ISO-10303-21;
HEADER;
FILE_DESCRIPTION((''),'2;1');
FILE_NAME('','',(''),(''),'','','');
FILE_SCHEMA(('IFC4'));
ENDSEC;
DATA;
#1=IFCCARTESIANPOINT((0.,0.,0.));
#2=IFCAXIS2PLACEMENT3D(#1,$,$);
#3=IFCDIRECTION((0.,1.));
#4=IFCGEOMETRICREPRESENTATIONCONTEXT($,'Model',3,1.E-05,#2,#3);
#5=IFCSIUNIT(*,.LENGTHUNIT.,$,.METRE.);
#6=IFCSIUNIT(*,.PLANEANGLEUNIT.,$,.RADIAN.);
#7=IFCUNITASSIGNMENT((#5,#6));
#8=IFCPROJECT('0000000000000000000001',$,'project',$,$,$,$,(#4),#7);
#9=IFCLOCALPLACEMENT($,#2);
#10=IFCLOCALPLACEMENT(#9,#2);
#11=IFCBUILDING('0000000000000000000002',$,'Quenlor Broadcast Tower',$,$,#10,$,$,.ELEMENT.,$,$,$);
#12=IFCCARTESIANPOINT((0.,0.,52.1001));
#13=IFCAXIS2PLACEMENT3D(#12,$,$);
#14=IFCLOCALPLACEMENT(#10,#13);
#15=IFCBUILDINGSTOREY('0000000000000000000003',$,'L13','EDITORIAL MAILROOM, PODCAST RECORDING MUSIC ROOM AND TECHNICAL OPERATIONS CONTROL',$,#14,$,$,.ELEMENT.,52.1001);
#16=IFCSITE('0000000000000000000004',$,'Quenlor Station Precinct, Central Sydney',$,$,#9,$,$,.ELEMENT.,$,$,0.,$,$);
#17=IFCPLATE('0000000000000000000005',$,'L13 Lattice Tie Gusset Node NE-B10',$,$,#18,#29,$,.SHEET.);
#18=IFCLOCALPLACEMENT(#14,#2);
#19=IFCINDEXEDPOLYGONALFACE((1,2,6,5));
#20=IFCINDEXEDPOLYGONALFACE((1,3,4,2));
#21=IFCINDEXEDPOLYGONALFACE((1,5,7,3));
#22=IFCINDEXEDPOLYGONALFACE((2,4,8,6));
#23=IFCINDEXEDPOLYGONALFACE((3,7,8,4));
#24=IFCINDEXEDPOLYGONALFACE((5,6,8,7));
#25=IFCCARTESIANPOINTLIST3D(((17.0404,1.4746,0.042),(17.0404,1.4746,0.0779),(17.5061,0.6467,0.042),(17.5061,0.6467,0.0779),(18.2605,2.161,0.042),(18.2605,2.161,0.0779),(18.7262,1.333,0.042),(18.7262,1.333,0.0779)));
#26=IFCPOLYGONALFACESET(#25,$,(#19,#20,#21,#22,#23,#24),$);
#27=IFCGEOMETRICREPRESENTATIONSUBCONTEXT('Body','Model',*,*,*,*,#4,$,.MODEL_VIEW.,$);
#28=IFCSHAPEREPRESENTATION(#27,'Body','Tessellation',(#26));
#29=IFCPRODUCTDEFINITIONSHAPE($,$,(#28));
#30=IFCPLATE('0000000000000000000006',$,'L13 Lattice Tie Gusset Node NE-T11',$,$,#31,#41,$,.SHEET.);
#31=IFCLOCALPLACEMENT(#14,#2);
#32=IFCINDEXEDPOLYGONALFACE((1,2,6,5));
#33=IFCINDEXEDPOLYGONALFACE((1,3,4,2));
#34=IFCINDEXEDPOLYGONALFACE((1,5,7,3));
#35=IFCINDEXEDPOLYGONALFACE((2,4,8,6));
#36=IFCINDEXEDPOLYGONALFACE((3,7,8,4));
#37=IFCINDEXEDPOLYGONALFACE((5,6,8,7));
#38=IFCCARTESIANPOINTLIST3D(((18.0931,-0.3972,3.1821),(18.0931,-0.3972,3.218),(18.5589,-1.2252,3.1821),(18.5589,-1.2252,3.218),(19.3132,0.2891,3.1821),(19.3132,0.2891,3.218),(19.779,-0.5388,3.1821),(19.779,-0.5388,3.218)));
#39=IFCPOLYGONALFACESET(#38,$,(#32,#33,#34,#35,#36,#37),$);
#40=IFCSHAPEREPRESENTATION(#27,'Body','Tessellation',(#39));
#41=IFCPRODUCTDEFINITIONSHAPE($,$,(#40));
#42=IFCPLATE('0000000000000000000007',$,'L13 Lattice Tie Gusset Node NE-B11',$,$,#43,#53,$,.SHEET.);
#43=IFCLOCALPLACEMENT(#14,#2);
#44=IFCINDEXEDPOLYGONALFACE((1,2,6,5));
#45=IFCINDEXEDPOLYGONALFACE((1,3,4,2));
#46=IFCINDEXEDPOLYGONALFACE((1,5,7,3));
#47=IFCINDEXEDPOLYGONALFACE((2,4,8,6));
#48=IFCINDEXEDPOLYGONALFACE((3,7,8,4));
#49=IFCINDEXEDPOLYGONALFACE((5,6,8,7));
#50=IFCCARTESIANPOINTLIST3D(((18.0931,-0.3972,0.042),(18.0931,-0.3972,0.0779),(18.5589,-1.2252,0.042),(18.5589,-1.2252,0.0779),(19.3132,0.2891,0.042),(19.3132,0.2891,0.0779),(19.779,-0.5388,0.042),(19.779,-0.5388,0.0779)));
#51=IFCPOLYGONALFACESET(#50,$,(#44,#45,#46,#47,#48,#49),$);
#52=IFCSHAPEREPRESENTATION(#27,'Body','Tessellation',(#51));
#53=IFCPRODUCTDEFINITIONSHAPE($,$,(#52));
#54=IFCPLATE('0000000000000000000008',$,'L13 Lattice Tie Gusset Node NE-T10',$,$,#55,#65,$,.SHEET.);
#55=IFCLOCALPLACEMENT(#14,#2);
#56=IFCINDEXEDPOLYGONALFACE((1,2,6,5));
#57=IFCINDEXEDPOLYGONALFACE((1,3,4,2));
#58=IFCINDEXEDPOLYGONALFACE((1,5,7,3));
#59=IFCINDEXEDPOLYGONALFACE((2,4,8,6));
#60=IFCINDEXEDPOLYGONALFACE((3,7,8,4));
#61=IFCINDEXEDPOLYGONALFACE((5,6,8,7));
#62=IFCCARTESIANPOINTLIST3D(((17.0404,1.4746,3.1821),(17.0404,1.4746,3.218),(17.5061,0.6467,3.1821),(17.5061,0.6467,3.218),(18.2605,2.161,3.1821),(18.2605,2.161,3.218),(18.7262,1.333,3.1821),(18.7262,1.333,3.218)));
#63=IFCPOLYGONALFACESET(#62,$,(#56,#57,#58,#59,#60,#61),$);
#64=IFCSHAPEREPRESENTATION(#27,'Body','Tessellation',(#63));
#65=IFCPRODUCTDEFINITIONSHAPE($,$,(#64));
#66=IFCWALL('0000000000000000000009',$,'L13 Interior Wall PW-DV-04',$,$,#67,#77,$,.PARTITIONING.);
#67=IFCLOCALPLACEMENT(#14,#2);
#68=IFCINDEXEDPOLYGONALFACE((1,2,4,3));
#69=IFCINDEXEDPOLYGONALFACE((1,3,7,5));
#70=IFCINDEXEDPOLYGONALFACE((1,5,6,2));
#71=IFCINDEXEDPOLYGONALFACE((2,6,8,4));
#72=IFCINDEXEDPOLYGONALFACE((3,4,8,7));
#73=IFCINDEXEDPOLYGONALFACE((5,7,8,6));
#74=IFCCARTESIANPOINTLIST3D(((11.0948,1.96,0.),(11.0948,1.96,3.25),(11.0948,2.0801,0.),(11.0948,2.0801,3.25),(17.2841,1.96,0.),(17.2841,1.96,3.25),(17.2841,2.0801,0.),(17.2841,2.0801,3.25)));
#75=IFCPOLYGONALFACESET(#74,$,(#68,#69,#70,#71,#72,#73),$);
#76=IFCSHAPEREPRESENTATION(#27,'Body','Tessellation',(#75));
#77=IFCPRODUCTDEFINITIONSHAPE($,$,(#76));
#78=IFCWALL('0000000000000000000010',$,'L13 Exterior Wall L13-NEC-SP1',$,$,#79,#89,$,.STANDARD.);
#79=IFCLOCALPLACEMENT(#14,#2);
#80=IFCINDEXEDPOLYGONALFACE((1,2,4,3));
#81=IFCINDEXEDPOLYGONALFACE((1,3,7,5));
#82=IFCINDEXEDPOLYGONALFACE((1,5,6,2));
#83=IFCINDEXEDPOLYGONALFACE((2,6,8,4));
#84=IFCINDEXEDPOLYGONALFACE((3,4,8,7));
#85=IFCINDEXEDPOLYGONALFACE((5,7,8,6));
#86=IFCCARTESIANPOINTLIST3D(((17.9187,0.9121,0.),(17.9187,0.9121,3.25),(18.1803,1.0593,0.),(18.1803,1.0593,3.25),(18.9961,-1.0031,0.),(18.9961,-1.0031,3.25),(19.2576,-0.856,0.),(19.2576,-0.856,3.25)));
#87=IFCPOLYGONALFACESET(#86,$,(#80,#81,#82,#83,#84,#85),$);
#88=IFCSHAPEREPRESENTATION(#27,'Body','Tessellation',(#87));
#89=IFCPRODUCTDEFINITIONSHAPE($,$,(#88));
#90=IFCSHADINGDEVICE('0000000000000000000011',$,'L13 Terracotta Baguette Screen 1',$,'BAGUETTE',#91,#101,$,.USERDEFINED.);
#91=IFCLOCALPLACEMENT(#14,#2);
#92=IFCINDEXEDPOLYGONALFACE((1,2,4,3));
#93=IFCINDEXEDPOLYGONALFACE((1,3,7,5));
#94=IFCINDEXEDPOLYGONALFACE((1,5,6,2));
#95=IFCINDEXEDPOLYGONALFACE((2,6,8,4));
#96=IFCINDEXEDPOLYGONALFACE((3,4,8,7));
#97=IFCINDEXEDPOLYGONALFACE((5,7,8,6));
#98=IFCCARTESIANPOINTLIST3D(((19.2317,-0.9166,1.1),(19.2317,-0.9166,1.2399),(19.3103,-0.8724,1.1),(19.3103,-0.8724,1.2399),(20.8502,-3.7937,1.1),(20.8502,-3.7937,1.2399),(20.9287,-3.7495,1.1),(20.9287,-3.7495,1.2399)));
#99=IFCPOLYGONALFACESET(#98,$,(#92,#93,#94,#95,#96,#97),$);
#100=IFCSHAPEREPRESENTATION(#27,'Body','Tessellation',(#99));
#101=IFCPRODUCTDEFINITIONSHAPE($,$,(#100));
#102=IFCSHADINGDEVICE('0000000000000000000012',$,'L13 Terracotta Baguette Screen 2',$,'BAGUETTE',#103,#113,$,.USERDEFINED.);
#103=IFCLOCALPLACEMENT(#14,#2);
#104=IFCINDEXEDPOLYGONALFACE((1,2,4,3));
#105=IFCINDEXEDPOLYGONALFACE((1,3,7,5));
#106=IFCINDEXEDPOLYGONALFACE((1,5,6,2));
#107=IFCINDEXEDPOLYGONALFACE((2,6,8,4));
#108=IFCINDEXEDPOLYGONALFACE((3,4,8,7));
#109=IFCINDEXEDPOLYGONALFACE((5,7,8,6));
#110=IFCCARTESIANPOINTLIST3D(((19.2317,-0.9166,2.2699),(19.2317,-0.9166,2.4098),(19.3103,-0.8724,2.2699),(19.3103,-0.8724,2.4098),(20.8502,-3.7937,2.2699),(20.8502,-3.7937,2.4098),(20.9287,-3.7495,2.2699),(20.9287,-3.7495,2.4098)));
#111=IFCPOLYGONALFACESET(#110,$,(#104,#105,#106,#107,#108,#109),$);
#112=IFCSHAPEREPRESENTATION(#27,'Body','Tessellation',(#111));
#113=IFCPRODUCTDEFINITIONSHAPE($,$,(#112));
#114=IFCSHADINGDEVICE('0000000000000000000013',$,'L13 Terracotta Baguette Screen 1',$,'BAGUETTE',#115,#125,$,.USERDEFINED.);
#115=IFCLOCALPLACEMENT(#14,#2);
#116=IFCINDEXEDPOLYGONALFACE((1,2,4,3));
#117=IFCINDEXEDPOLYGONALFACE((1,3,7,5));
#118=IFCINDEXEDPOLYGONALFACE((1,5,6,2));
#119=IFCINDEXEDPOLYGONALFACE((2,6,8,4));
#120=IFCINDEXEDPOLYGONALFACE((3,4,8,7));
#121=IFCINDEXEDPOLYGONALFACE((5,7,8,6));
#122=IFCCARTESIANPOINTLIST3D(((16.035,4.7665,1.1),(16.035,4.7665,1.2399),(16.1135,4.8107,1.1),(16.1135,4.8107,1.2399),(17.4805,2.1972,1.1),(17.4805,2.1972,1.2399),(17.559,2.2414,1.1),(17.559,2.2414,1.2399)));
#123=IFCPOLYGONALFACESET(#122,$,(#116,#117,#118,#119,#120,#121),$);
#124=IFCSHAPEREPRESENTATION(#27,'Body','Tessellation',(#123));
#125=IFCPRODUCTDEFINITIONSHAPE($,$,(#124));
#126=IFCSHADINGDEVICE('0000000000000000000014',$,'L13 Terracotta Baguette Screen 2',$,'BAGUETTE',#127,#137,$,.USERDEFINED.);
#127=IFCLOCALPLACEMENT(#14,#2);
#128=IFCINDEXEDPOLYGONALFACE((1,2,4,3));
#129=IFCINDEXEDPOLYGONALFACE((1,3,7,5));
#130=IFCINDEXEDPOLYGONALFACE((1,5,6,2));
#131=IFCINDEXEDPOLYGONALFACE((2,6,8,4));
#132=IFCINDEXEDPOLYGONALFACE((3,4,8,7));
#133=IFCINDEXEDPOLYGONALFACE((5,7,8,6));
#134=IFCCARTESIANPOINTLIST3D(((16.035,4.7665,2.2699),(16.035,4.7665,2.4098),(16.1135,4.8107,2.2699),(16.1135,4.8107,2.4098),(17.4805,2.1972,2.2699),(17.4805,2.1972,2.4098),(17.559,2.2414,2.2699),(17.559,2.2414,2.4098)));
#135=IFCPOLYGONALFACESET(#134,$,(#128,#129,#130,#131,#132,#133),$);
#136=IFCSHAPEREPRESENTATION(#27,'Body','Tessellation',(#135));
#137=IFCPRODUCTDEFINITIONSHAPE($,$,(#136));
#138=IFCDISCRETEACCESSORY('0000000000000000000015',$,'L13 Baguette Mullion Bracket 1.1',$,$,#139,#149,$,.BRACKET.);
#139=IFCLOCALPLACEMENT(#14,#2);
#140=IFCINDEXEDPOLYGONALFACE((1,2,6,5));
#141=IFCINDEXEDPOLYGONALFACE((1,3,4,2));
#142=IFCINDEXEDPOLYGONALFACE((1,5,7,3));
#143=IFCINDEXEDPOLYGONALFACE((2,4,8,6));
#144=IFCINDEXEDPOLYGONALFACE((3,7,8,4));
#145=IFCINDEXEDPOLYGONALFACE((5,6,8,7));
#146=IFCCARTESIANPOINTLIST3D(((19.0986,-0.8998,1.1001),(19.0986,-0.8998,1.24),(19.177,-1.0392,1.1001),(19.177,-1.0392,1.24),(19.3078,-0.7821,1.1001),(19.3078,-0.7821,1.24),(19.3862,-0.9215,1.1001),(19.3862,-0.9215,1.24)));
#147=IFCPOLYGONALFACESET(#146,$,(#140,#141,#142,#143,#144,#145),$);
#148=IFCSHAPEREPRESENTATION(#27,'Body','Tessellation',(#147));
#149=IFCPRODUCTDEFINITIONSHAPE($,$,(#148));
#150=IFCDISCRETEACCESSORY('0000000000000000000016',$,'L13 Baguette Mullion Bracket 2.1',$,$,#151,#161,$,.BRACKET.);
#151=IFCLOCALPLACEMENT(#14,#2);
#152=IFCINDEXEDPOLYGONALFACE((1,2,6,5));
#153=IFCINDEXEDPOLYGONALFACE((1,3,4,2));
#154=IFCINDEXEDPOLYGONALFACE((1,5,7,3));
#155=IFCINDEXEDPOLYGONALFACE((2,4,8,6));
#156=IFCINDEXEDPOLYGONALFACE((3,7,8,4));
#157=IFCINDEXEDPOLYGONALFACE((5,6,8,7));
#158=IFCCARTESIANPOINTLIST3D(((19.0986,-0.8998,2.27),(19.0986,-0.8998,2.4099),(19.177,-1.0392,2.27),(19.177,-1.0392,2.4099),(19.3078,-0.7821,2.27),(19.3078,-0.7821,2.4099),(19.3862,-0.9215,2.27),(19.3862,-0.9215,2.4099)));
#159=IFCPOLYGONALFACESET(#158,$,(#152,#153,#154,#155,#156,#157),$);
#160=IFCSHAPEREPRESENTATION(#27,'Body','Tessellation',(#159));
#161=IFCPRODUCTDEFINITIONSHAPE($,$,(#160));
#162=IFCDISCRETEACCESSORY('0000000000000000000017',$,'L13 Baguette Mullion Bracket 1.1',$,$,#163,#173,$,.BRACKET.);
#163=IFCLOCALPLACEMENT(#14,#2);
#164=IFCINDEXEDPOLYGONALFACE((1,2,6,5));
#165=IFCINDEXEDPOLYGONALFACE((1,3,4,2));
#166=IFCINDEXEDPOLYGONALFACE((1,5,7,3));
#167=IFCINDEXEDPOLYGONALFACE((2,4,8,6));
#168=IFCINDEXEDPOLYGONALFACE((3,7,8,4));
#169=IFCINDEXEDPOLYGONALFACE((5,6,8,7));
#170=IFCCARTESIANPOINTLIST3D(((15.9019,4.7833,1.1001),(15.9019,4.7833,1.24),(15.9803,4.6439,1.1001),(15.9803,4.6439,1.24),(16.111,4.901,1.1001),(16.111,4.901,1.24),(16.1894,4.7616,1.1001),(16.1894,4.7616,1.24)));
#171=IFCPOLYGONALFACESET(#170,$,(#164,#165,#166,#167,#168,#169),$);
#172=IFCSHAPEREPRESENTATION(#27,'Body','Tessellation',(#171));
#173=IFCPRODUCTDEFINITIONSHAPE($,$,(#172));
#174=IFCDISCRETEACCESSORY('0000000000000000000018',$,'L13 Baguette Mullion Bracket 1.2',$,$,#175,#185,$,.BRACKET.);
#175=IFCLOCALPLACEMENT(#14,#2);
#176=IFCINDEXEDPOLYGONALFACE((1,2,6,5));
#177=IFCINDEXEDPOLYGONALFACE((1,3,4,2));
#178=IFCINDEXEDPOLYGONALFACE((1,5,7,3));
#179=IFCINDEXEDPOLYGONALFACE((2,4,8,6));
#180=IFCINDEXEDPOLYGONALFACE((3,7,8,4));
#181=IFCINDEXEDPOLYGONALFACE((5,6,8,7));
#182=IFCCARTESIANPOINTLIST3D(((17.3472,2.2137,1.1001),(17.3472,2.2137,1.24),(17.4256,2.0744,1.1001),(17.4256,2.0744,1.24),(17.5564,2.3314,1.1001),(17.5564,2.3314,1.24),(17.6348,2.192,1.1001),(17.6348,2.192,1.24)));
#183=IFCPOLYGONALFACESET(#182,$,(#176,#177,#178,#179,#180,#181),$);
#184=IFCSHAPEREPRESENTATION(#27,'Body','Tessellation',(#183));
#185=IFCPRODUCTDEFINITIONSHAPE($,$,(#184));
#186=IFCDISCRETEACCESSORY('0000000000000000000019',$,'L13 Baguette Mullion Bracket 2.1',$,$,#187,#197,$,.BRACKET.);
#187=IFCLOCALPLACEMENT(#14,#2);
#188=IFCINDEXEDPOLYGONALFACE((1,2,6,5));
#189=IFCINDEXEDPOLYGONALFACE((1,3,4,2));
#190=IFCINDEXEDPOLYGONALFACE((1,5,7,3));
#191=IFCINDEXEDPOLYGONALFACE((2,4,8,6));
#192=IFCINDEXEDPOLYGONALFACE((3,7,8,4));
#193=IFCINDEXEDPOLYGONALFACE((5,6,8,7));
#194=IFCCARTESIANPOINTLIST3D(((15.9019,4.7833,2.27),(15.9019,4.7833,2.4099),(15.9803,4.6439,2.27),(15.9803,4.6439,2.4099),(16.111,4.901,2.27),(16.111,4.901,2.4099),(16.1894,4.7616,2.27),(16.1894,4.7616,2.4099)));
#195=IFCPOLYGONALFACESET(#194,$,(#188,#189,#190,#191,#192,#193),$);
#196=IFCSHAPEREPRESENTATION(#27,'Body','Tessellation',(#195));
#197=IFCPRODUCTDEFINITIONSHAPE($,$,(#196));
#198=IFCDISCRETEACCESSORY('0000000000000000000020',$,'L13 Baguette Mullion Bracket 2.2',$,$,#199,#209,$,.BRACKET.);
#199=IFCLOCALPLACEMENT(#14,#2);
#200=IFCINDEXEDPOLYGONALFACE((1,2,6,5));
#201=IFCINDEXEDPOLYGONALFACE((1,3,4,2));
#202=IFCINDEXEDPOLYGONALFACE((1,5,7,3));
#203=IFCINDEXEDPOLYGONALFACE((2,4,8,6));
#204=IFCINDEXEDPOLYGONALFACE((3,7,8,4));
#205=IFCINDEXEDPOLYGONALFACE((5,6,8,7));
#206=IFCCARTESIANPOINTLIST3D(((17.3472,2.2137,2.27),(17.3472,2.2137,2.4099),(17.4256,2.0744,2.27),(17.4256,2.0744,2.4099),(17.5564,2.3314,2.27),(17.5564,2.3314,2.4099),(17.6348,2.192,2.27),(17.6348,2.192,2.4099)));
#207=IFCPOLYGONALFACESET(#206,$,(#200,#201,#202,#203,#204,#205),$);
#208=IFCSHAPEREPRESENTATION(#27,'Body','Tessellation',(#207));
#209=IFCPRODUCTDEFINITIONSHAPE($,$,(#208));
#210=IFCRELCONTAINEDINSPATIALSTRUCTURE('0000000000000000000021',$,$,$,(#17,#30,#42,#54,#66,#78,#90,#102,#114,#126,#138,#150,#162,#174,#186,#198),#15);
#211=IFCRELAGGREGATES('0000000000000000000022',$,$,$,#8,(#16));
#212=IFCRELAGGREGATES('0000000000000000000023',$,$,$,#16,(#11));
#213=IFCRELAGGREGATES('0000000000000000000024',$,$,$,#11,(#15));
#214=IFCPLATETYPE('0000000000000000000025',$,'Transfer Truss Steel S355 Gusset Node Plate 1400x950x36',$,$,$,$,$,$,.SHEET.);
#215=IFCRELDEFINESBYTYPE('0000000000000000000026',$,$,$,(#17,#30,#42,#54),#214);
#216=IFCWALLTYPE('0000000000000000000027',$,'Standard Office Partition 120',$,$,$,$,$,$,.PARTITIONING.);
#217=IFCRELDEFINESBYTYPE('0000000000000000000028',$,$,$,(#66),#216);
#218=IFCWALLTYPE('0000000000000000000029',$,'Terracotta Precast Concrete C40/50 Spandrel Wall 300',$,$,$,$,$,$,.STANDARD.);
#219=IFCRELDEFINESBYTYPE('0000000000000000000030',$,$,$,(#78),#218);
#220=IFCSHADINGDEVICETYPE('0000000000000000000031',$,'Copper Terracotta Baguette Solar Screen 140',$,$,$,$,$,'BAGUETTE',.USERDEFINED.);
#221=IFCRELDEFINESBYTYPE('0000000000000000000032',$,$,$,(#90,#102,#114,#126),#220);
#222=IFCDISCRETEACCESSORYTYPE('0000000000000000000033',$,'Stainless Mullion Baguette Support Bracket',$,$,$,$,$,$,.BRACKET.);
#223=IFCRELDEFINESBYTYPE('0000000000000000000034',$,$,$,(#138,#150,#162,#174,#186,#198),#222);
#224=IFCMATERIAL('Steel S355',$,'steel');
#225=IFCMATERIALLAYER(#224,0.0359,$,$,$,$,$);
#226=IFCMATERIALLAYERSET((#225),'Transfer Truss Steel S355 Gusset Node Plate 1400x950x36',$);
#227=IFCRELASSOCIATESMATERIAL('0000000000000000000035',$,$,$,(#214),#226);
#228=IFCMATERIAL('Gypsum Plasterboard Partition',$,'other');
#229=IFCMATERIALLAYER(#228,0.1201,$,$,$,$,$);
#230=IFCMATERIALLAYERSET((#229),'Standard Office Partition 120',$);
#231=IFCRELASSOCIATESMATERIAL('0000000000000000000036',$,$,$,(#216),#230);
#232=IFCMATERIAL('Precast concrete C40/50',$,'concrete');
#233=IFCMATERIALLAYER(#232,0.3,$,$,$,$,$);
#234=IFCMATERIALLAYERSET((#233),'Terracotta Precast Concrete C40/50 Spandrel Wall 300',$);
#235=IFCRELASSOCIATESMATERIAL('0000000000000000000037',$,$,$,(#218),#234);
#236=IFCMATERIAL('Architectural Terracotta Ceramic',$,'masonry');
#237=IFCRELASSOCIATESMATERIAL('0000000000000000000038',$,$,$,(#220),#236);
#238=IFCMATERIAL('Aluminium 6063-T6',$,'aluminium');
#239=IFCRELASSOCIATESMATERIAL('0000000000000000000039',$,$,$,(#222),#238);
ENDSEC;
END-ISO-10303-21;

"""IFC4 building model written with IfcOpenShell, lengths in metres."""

from ifc_helpers import new_model, si_unit, direction, frame, frame_2d, origin, origin_2d, place, context, subcontext, project, spatial, rectangle, extrude, material, layer, layer_set, material_profile, profile_set, type_object, element, save


model = new_model("IFC4")

# Units and contexts
model_context = context("Model", 3, precision=1e-05, world=origin(), true_north=direction((0.0, 1.0)))
body_context = subcontext(model_context, "Body", "Model", "MODEL_VIEW")
ifc_project = project(units=[si_unit("LENGTHUNIT", "METRE"), si_unit("PLANEANGLEUNIT", "RADIAN")], contexts=[model_context])

# Site, building, storey
site_placement = place(None, origin())
site = spatial("IfcSite", under=ifc_project, at=site_placement, Name="Quenlor Station Precinct, Central Sydney", CompositionType="ELEMENT", RefElevation=0.0)
building_placement = place(site_placement, origin())
building = spatial("IfcBuilding", under=site, at=building_placement, Name="Quenlor Broadcast Tower", CompositionType="ELEMENT")
storey_placement = place(building_placement, frame((0.0, 0.0, 52.1001)))
storey = spatial("IfcBuildingStorey", under=building, at=storey_placement, Name="L13", Description="EDITORIAL MAILROOM, PODCAST RECORDING MUSIC ROOM AND TECHNICAL OPERATIONS CONTROL", CompositionType="ELEMENT", Elevation=52.1001)

# Plates
ifc_material_1 = material(Name="Steel S355", Category="steel")
ifc_layer_1 = layer(ifc_material_1, 0.0359)
ifc_layer_set_1 = layer_set([ifc_layer_1], Name="Transfer Truss Steel S355 Gusset Node Plate 1400x950x36")
plate_type_1 = type_object("IfcPlateType", Name="Transfer Truss Steel S355 Gusset Node Plate 1400x950x36", PredefinedType="SHEET", material=ifc_layer_set_1)
for number, where, z_axis, x_axis, name in (
    (1, (17.8833, 1.4038, 0.042), (0.0, 0.0, 1.0), (0.871556, 0.490295, 0.0), "L13 Lattice Tie Gusset Node NE-B10"),
    (2, (18.936, -0.468, 3.1821), (0.0, 0.0, 1.0), (0.871556, 0.490295, 0.0), "L13 Lattice Tie Gusset Node NE-T11"),
    (3, (18.936, -0.468, 0.042), (0.0, 0.0, 1.0), (0.871556, 0.490295, 0.0), "L13 Lattice Tie Gusset Node NE-B11"),
    (4, (17.8833, 1.4038, 3.1821), (0.0, 0.0, 1.0), (0.871556, 0.490295, 0.0), "L13 Lattice Tie Gusset Node NE-T10"),
):
    element("IfcPlate", number, at=place(storey_placement, frame(where, z_axis=z_axis, x_axis=x_axis)), inside=storey, type_object=plate_type_1, Name=name, PredefinedType="SHEET", context=body_context, shape_type="SweptSolid", body=[
        extrude(rectangle(XDim=1.3999, YDim=0.95, at=origin_2d()), origin(), (0.0, 0.0, 1.0), 0.0359),
    ])

# Walls
ifc_material_2 = material(Name="Gypsum Plasterboard Partition", Category="other")
ifc_layer_2 = layer(ifc_material_2, 0.1201)
ifc_layer_set_2 = layer_set([ifc_layer_2], Name="Standard Office Partition 120")
wall_type_1 = type_object("IfcWallType", Name="Standard Office Partition 120", PredefinedType="PARTITIONING", material=ifc_layer_set_2)
wall_1_placement = place(storey_placement, frame((17.2842, 2.02, 0.0), z_axis=(0.0, 0.0, 1.0), x_axis=(-1.0, 0.0, 0.0)))
element("IfcWall", 5, at=wall_1_placement, inside=storey, type_object=wall_type_1, Name="L13 Interior Wall PW-DV-04", PredefinedType="PARTITIONING", context=body_context, shape_type="SweptSolid", body=[
    extrude(rectangle(XDim=6.1892, YDim=0.1201, at=frame_2d((3.0947, 0.0))), origin(), (0.0, 0.0, 1.0), 3.25),
])
ifc_material_3 = material(Name="Precast concrete C40/50", Category="concrete")
ifc_layer_3 = layer(ifc_material_3, 0.3)
ifc_layer_set_3 = layer_set([ifc_layer_3], Name="Terracotta Precast Concrete C40/50 Spandrel Wall 300")
wall_type_2 = type_object("IfcWallType", Name="Terracotta Precast Concrete C40/50 Spandrel Wall 300", PredefinedType="STANDARD", material=ifc_layer_set_3)
wall_2_placement = place(storey_placement, frame((18.0496, 0.9856, 0.0), z_axis=(0.0, 0.0, 1.0), x_axis=(0.490277, -0.871567, 0.0)))
element("IfcWall", 6, at=wall_2_placement, inside=storey, type_object=wall_type_2, Name="L13 Exterior Wall L13-NEC-SP1", PredefinedType="STANDARD", context=body_context, shape_type="SweptSolid", body=[
    extrude(rectangle(XDim=2.1975, YDim=0.3, at=frame_2d((1.0986, 0.0))), origin(), (0.0, 0.0, 1.0), 3.25),
])

# Shading devices
ifc_material_4 = material(Name="Architectural Terracotta Ceramic", Category="masonry")
ifc_material_profile_1 = material_profile(ifc_material_4, rectangle(XDim=0.0901, YDim=0.1399, at=origin_2d()))
ifc_profile_set_1 = profile_set([ifc_material_profile_1], Name="Architectural Terracotta Ceramic BAG90x140")
shading_device_type = type_object("IfcShadingDeviceType", Name="Copper Terracotta Baguette Solar Screen 140", ElementType="BAGUETTE", PredefinedType="USERDEFINED", material=ifc_profile_set_1)
for number, where, z_axis, x_axis, name in (
    (7, (19.271, -0.8945, 1.1699), (0.490289, -0.87156, 0.0), (0.87156, 0.490289, 0.0), "L13 Terracotta Baguette Screen 1"),
    (8, (19.271, -0.8945, 2.3398), (0.490289, -0.87156, 0.0), (0.87156, 0.490289, 0.0), "L13 Terracotta Baguette Screen 2"),
):
    element("IfcShadingDevice", number, at=place(storey_placement, frame(where, z_axis=z_axis, x_axis=x_axis)), inside=storey, type_object=shading_device_type, Name=name, ObjectType="BAGUETTE", PredefinedType="USERDEFINED", context=body_context, shape_type="SweptSolid", body=[
        extrude(rectangle(XDim=0.0901, YDim=0.1399, at=origin_2d()), origin(), (0.0, 0.0, 1.0), 3.301),
    ])
for number, where, z_axis, x_axis, name in (
    (9, (16.0742, 4.7886, 1.1699), (0.49034, -0.871531, 0.0), (0.871531, 0.49034, 0.0), "L13 Terracotta Baguette Screen 1"),
    (10, (16.0742, 4.7886, 2.3398), (0.49034, -0.871531, 0.0), (0.871531, 0.49034, 0.0), "L13 Terracotta Baguette Screen 2"),
):
    element("IfcShadingDevice", number, at=place(storey_placement, frame(where, z_axis=z_axis, x_axis=x_axis)), inside=storey, type_object=shading_device_type, Name=name, ObjectType="BAGUETTE", PredefinedType="USERDEFINED", context=body_context, shape_type="SweptSolid", body=[
        extrude(rectangle(XDim=0.0901, YDim=0.1399, at=origin_2d()), origin(), (0.0, 0.0, 1.0), 2.948),
    ])

# Discrete accessories
ifc_material_5 = material(Name="Aluminium 6063-T6", Category="aluminium")
discrete_accessory_type = type_object("IfcDiscreteAccessoryType", Name="Stainless Mullion Baguette Support Bracket", PredefinedType="BRACKET", material=ifc_material_5)
for number, where, z_axis, x_axis, name in (
    (11, (19.2424, -0.9106, 1.1001), (0.0, 0.0, 1.0), (0.490257, -0.871578, 0.0), "L13 Baguette Mullion Bracket 1.1"),
    (12, (19.2424, -0.9106, 2.27), (0.0, 0.0, 1.0), (0.490257, -0.871578, 0.0), "L13 Baguette Mullion Bracket 2.1"),
    (13, (16.0457, 4.7725, 1.1001), (0.0, 0.0, 1.0), (0.490274, -0.871568, 0.0), "L13 Baguette Mullion Bracket 1.1"),
    (14, (17.491, 2.2029, 1.1001), (0.0, 0.0, 1.0), (0.490274, -0.871568, 0.0), "L13 Baguette Mullion Bracket 1.2"),
    (15, (16.0457, 4.7725, 2.27), (0.0, 0.0, 1.0), (0.490274, -0.871568, 0.0), "L13 Baguette Mullion Bracket 2.1"),
    (16, (17.491, 2.2029, 2.27), (0.0, 0.0, 1.0), (0.490274, -0.871568, 0.0), "L13 Baguette Mullion Bracket 2.2"),
):
    element("IfcDiscreteAccessory", number, at=place(storey_placement, frame(where, z_axis=z_axis, x_axis=x_axis)), inside=storey, type_object=discrete_accessory_type, Name=name, PredefinedType="BRACKET", context=body_context, shape_type="SweptSolid", body=[
        extrude(rectangle(XDim=0.1599, YDim=0.24, at=origin_2d()), origin(), (0.0, 0.0, 1.0), 0.1399),
    ])

save(model, "model.ifc")
